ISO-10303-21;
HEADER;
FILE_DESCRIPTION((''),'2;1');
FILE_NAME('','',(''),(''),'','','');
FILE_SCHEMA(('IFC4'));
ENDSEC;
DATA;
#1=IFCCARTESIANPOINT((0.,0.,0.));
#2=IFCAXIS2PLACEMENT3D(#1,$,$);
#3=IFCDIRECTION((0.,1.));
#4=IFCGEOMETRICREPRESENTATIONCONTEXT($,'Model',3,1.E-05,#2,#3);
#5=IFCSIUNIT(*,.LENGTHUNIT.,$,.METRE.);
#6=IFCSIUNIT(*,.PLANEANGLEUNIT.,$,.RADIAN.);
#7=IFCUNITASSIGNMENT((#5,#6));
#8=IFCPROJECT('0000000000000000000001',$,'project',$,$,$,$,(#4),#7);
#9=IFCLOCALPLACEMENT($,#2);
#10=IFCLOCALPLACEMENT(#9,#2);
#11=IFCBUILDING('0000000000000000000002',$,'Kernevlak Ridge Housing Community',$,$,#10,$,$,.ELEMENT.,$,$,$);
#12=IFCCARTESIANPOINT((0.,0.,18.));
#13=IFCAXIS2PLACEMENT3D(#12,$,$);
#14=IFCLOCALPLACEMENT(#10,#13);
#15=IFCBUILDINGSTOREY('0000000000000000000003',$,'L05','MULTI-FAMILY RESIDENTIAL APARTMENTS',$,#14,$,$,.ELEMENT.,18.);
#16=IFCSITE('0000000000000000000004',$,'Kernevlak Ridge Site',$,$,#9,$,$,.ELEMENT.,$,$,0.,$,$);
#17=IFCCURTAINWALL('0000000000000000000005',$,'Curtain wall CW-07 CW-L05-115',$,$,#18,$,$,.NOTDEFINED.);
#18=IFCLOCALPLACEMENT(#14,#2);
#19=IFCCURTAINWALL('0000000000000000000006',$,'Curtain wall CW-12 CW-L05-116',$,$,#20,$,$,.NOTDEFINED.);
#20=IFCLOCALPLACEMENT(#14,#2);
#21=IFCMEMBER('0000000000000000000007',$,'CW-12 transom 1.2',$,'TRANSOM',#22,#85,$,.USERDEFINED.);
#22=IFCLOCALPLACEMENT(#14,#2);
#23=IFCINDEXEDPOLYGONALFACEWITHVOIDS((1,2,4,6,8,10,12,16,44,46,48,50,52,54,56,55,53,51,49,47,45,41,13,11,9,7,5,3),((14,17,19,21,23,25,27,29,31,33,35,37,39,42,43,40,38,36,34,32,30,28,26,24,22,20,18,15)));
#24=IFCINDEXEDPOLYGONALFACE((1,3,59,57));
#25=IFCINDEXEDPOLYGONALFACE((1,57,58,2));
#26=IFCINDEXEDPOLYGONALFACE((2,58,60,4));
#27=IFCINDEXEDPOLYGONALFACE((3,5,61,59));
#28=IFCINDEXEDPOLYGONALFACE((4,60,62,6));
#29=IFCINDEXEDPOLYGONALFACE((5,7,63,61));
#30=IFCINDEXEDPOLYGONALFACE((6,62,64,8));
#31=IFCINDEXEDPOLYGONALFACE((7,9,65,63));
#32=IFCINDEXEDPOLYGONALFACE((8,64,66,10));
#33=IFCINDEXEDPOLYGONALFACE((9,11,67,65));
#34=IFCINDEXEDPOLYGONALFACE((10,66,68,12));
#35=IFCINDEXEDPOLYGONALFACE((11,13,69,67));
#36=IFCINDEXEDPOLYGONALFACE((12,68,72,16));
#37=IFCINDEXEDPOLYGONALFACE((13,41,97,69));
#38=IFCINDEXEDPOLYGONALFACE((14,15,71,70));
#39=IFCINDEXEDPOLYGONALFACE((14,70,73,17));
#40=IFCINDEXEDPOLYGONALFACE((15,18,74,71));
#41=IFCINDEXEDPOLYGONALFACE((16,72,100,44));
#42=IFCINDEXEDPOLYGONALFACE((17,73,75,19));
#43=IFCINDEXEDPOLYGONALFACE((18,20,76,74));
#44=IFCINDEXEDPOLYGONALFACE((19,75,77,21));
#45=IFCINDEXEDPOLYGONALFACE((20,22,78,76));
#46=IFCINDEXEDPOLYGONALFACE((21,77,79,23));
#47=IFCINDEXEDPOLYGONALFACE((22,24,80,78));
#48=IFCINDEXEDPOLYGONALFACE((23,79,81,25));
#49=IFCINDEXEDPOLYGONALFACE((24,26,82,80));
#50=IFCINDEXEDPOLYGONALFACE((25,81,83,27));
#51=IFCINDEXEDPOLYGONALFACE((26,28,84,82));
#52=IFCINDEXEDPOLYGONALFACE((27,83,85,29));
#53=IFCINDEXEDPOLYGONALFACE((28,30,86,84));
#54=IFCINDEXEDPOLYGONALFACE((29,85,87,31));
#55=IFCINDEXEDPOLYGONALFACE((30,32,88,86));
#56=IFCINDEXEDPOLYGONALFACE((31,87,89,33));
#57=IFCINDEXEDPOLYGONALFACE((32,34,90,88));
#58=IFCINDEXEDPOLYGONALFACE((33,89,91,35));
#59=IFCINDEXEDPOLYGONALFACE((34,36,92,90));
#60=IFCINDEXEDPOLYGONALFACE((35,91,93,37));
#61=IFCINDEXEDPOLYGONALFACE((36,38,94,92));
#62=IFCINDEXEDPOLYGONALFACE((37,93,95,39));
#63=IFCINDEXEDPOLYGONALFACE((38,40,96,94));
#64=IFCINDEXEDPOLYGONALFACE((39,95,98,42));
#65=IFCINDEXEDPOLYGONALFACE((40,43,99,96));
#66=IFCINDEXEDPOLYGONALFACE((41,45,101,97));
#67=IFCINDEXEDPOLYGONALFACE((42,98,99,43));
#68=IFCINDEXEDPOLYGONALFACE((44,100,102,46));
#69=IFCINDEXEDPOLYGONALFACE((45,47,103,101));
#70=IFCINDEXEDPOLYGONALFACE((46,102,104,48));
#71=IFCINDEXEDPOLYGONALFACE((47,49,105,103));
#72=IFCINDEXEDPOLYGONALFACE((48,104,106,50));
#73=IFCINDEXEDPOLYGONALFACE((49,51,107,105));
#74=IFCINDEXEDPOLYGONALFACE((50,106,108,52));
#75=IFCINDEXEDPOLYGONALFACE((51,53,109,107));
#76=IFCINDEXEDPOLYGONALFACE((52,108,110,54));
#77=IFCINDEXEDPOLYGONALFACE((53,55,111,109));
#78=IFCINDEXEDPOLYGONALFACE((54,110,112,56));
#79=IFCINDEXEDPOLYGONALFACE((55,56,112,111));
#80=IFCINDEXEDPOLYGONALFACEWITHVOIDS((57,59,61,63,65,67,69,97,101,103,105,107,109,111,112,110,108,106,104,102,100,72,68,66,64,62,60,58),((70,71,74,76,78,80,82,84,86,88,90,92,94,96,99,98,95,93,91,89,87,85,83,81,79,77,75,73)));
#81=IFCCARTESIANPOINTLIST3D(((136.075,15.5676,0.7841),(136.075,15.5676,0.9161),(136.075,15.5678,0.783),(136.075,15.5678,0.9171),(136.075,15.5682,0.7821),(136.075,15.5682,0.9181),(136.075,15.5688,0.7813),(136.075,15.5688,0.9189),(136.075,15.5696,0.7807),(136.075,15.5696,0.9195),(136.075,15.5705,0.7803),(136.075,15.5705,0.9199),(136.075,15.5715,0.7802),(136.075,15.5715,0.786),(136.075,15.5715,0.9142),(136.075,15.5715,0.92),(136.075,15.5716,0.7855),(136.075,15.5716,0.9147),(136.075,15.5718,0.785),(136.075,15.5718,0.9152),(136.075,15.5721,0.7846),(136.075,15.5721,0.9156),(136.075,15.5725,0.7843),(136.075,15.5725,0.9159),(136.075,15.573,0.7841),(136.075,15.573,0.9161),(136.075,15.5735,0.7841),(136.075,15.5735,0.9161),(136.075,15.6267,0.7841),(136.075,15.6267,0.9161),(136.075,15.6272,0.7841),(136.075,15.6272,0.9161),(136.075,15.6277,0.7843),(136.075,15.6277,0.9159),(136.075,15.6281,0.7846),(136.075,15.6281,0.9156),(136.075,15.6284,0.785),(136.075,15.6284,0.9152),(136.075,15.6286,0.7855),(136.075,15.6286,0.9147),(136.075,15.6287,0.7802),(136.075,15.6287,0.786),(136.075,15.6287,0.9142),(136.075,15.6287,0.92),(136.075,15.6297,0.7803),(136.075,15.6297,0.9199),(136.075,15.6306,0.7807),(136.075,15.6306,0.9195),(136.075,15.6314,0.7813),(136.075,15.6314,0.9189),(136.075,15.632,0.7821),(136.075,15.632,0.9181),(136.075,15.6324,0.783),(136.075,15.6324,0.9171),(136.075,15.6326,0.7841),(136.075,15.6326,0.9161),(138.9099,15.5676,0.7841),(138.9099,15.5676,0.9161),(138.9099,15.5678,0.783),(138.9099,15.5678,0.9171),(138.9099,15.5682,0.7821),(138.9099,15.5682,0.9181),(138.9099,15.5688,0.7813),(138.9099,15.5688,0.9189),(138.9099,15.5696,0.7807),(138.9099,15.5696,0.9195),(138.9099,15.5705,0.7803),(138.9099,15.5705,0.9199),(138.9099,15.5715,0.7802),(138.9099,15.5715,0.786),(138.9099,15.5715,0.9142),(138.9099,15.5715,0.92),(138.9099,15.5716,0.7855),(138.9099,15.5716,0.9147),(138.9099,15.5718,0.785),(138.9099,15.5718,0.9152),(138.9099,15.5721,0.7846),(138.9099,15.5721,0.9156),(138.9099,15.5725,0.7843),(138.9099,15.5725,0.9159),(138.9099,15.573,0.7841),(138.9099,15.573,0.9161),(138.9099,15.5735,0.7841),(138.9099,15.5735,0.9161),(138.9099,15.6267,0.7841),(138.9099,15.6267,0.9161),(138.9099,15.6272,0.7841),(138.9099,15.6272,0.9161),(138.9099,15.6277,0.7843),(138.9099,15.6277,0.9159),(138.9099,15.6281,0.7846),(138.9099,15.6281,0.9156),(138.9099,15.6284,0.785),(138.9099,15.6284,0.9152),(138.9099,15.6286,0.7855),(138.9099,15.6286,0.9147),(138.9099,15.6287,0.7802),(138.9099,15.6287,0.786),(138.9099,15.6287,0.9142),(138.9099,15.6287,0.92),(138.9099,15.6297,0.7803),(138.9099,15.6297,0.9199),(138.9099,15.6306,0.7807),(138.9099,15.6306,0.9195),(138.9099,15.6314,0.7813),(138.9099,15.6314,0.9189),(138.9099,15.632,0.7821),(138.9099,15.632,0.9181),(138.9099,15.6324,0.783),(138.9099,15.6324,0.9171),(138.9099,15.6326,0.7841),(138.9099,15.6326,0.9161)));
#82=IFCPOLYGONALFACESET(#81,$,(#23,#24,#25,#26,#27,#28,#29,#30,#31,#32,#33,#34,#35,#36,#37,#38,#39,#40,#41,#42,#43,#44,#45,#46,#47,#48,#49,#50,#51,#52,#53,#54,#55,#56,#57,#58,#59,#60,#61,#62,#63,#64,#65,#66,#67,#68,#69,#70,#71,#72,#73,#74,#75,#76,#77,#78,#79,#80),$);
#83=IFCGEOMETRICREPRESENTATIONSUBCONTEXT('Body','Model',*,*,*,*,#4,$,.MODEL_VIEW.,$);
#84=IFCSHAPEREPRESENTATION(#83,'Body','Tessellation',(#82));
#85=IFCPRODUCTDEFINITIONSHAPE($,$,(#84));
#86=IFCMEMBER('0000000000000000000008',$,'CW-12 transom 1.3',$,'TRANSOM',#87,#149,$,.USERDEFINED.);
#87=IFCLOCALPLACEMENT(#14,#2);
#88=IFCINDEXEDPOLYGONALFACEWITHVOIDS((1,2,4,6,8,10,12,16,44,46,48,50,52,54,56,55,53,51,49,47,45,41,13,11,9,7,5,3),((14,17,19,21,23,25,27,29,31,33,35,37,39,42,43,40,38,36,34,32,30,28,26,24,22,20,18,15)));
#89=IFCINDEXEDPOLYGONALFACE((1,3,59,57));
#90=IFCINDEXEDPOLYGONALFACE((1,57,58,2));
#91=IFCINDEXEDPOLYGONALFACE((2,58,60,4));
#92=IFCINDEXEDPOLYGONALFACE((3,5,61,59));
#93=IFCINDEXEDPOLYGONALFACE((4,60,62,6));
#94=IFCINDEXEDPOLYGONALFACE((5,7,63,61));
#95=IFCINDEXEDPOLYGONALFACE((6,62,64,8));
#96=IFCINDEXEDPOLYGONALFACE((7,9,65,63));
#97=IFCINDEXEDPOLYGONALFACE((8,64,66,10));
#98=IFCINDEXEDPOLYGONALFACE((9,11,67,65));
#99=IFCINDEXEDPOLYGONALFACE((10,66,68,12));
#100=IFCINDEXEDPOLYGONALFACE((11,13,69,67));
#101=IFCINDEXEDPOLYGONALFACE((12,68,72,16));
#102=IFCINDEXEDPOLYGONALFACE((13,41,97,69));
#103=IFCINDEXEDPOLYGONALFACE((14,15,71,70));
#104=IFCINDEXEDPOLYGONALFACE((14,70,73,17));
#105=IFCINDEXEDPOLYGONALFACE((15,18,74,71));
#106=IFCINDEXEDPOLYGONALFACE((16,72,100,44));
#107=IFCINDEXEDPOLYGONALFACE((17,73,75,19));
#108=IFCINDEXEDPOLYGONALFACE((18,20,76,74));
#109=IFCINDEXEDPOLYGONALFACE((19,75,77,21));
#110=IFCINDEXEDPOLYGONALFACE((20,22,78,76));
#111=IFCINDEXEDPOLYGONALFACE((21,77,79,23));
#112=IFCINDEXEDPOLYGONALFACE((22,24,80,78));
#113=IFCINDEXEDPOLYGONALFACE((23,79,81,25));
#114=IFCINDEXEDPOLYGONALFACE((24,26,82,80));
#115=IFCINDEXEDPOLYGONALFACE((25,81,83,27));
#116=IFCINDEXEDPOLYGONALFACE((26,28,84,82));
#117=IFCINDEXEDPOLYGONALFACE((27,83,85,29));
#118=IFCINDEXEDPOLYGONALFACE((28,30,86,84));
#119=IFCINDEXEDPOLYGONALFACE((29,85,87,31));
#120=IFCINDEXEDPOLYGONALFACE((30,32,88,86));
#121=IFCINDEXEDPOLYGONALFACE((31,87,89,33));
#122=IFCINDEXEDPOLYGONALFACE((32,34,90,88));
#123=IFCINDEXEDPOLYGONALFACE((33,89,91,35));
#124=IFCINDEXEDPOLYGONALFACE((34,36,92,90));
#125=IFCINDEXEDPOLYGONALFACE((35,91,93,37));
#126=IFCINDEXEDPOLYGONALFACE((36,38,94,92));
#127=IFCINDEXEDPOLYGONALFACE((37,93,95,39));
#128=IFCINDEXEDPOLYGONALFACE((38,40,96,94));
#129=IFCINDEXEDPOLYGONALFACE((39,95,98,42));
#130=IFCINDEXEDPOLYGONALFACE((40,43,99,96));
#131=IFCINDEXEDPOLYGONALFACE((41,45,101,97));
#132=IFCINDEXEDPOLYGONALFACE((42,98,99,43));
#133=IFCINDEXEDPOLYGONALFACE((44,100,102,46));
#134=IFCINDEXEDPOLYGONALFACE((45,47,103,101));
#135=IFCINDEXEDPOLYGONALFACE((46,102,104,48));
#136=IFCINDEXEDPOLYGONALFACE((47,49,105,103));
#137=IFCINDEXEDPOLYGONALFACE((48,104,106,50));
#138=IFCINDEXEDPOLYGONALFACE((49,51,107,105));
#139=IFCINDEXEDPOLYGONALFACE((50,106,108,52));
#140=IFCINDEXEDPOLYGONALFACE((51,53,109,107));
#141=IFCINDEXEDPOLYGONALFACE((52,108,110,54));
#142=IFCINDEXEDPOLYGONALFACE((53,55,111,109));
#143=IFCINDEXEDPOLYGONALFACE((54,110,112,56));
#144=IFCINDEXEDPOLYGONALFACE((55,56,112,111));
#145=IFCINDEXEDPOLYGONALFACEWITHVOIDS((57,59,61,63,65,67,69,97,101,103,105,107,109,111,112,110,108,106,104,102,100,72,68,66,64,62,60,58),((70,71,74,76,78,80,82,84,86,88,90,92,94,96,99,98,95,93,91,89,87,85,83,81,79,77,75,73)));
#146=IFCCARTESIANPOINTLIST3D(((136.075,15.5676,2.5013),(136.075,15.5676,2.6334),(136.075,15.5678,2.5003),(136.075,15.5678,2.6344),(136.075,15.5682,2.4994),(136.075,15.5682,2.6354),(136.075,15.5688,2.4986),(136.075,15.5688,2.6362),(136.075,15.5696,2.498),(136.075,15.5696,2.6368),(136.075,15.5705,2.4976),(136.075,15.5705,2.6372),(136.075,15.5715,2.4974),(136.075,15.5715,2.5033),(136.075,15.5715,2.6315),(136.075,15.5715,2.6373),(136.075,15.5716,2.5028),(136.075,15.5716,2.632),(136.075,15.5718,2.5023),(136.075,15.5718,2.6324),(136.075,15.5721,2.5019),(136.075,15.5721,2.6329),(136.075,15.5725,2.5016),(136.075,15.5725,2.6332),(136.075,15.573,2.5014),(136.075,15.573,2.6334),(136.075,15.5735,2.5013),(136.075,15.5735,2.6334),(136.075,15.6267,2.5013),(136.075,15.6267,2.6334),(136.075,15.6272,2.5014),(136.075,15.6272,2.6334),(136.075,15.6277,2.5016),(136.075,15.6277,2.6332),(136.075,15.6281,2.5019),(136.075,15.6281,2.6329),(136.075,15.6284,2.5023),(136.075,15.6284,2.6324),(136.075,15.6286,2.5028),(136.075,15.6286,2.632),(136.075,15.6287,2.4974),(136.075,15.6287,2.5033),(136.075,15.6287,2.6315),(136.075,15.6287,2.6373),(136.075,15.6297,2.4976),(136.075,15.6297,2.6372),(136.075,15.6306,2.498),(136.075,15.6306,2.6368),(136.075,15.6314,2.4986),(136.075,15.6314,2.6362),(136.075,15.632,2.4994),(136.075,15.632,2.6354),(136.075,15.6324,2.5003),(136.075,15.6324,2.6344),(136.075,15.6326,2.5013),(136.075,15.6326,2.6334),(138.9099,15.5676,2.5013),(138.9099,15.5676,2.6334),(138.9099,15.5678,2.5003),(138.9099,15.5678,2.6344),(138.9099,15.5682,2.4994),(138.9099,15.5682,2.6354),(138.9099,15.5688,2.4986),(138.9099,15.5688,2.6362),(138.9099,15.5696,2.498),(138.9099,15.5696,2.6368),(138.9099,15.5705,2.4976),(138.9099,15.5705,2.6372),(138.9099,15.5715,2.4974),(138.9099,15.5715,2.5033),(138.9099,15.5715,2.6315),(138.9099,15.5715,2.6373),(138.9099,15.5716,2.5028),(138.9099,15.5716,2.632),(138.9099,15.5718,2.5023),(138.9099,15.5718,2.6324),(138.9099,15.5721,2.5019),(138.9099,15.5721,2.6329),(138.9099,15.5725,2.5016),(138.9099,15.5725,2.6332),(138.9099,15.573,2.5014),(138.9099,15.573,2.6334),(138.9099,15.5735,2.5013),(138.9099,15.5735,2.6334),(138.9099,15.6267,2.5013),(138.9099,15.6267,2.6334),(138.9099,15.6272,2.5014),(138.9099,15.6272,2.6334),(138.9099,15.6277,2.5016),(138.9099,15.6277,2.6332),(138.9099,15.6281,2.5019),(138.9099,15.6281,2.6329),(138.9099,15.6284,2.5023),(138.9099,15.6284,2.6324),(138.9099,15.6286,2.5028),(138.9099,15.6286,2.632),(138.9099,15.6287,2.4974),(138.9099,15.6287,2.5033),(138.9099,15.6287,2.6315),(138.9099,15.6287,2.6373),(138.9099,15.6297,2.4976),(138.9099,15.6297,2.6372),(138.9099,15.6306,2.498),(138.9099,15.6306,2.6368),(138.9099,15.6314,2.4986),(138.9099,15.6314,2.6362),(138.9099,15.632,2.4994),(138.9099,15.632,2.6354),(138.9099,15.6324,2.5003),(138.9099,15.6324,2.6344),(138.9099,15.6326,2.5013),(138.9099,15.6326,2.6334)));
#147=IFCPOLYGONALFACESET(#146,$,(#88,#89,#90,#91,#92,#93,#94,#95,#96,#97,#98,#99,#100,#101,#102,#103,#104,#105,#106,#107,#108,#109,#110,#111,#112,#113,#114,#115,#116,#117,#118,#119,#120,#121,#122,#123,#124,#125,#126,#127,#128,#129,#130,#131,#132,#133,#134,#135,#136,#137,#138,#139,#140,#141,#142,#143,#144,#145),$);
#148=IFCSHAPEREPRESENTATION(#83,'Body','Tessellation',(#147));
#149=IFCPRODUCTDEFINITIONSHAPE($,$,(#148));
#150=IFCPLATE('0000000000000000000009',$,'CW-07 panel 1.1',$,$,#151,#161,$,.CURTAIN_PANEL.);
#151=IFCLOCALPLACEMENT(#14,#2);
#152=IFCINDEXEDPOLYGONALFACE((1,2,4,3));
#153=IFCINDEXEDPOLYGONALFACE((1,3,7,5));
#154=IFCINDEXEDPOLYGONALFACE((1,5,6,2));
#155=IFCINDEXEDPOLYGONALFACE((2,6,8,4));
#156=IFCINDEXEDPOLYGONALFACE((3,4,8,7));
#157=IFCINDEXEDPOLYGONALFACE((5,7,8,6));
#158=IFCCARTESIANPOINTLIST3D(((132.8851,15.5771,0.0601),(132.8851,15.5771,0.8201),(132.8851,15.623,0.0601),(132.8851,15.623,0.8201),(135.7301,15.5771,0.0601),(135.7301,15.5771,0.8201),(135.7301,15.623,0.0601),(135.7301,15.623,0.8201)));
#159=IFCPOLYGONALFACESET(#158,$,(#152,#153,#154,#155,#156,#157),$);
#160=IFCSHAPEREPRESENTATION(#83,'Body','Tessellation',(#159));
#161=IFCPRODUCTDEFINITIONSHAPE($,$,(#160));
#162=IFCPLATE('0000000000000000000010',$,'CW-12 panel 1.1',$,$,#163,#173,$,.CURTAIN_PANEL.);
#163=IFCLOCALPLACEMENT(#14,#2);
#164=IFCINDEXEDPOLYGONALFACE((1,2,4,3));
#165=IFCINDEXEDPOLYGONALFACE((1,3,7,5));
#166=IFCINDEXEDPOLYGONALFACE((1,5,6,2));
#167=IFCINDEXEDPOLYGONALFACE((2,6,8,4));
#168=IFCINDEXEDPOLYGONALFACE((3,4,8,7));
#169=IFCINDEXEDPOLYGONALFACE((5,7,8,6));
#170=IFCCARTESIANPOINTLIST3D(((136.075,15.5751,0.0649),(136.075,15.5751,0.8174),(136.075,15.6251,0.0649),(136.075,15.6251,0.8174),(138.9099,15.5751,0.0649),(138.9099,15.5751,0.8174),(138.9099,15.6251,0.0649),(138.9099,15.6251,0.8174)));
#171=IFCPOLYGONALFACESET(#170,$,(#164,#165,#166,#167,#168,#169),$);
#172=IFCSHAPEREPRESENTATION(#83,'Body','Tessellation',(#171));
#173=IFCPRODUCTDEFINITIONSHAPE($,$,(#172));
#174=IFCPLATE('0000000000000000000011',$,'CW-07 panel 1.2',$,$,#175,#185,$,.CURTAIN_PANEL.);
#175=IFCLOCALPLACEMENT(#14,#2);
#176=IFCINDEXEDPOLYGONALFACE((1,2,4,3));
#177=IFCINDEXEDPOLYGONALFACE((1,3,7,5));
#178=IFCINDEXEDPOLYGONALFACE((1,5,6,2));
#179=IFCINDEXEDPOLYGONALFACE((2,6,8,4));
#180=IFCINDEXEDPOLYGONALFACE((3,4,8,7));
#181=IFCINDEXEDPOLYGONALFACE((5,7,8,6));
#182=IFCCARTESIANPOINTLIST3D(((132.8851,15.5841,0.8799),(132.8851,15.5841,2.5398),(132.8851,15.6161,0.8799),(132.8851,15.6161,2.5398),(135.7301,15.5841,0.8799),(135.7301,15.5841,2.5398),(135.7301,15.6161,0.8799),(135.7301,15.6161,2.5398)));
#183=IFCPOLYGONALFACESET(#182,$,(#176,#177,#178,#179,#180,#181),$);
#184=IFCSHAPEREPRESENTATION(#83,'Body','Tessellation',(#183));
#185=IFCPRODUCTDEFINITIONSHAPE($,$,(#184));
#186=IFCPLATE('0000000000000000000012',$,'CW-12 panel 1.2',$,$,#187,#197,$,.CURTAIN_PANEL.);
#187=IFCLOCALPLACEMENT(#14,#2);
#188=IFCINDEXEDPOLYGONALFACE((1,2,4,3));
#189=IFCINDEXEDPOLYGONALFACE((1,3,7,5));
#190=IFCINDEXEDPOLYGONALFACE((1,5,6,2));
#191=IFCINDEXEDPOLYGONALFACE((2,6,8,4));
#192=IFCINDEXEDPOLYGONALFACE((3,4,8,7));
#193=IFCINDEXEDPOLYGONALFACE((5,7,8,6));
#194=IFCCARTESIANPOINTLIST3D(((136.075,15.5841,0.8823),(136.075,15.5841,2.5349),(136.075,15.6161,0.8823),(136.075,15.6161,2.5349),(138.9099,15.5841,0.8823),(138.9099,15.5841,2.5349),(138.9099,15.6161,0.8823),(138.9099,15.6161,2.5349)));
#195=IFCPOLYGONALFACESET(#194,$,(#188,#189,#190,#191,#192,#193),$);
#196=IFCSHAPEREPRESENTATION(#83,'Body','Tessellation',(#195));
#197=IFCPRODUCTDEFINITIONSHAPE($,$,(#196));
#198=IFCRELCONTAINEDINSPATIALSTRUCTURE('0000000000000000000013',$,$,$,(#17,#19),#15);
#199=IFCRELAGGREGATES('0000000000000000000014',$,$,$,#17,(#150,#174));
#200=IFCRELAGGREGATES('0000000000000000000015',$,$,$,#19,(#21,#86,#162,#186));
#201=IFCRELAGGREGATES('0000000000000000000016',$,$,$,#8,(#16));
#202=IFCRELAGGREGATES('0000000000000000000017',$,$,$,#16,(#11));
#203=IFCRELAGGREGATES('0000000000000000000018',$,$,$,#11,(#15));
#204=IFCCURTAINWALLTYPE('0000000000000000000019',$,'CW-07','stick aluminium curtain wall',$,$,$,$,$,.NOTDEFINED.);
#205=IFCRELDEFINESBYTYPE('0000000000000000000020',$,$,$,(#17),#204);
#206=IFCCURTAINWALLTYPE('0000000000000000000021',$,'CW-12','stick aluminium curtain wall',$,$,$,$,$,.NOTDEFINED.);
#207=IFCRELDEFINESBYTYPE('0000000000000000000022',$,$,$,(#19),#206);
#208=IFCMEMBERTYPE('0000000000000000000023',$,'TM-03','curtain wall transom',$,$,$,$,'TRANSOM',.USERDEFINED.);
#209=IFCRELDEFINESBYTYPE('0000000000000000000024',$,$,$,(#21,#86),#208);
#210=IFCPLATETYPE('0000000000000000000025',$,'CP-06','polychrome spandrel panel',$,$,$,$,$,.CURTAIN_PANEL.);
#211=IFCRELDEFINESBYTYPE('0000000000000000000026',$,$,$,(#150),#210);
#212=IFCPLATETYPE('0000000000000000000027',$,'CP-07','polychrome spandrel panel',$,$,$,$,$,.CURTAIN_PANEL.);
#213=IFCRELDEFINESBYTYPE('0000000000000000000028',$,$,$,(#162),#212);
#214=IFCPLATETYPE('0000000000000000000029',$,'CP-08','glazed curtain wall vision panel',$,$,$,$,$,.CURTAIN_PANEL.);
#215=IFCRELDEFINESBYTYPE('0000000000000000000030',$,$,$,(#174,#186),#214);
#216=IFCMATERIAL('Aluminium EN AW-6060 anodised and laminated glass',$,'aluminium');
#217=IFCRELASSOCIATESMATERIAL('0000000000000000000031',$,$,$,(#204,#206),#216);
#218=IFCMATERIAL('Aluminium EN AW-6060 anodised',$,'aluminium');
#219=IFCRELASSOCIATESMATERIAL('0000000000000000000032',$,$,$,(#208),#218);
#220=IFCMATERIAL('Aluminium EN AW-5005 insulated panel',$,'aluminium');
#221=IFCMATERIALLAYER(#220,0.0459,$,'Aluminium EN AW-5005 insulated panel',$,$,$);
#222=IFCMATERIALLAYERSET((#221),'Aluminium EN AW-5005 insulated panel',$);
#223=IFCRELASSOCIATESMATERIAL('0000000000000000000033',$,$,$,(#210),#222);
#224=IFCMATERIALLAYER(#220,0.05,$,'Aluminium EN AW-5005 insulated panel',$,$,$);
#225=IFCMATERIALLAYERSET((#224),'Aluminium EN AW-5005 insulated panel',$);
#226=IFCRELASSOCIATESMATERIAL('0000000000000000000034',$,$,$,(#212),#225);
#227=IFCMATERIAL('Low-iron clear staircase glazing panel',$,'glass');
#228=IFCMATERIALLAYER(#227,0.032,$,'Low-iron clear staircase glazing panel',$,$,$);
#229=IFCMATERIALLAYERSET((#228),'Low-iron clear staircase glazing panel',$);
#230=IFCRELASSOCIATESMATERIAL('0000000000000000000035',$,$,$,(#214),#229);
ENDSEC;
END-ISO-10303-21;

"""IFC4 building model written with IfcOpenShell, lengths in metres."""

from ifc_helpers import new_model, si_unit, direction, frame, origin, origin_2d, place, context, subcontext, project, spatial, rectangle, hollow_rectangle, extrude, material, layer, layer_set, material_profile, profile_set, type_object, element, aggregate, save


model = new_model("IFC4")

# Units and contexts
model_context = context("Model", 3, precision=1e-05, world=origin(), true_north=direction((0.0, 1.0)))
body_context = subcontext(model_context, "Body", "Model", "MODEL_VIEW")
ifc_project = project(units=[si_unit("LENGTHUNIT", "METRE"), si_unit("PLANEANGLEUNIT", "RADIAN")], contexts=[model_context])

# Site, building, storey
site_placement = place(None, origin())
site = spatial("IfcSite", under=ifc_project, at=site_placement, Name="Kernevlak Ridge Site", CompositionType="ELEMENT", RefElevation=0.0)
building_placement = place(site_placement, origin())
building = spatial("IfcBuilding", under=site, at=building_placement, Name="Kernevlak Ridge Housing Community", CompositionType="ELEMENT")
storey_placement = place(building_placement, frame((0.0, 0.0, 18.0)))
storey = spatial("IfcBuildingStorey", under=building, at=storey_placement, Name="L05", Description="MULTI-FAMILY RESIDENTIAL APARTMENTS", CompositionType="ELEMENT", Elevation=18.0)

# Curtain wall
ifc_material_1 = material(Name="Aluminium EN AW-6060 anodised and laminated glass", Category="aluminium")
curtain_wall_type_1 = type_object("IfcCurtainWallType", Name="CW-07", Description="stick aluminium curtain wall", PredefinedType="NOTDEFINED", material=ifc_material_1)
curtain_wall_1_placement = place(storey_placement, origin())
curtain_wall_1 = element("IfcCurtainWall", 1, at=curtain_wall_1_placement, inside=storey, type_object=curtain_wall_type_1, Name="Curtain wall CW-07 CW-L05-115", PredefinedType="NOTDEFINED")
ifc_material_2 = material(Name="Aluminium EN AW-6060 anodised", Category="aluminium")

# Curtain wall, members
curtain_wall_type_2 = type_object("IfcCurtainWallType", Name="CW-12", Description="stick aluminium curtain wall", PredefinedType="NOTDEFINED", material=ifc_material_1)
curtain_wall_2_placement = place(storey_placement, origin())
curtain_wall_2 = element("IfcCurtainWall", 2, at=curtain_wall_2_placement, inside=storey, type_object=curtain_wall_type_2, Name="Curtain wall CW-12 CW-L05-116", PredefinedType="NOTDEFINED")
ifc_material_profile_1 = material_profile(ifc_material_2, hollow_rectangle(XDim=0.0649, YDim=0.1399, WallThickness=0.0039, InnerFilletRadius=0.002, OuterFilletRadius=0.0039, at=origin_2d()), Name="ALU 65x140x4")
ifc_profile_set_1 = profile_set([ifc_material_profile_1], Name="Aluminium EN AW-6060 anodised")
member_type_1 = type_object("IfcMemberType", Name="TM-03", Description="curtain wall transom", ElementType="TRANSOM", PredefinedType="USERDEFINED", material=ifc_profile_set_1)
member_1_placement = place(storey_placement, frame((136.075, 15.6001, 0.8501), z_axis=(1.0, 0.0, 0.0), x_axis=(0.0, 1.0, 0.0)))
member_1 = element("IfcMember", 3, at=member_1_placement, type_object=member_type_1, Name="CW-12 transom 1.2", ObjectType="TRANSOM", PredefinedType="USERDEFINED", context=body_context, shape_type="SweptSolid", body=[
    extrude(hollow_rectangle(XDim=0.0649, YDim=0.1399, WallThickness=0.0039, InnerFilletRadius=0.002, OuterFilletRadius=0.0039, at=origin_2d()), origin(), (0.0, 0.0, 1.0), 2.835),
])
member_2_placement = place(storey_placement, frame((136.075, 15.6001, 2.5674), z_axis=(1.0, 0.0, 0.0), x_axis=(0.0, 1.0, 0.0)))
member_2 = element("IfcMember", 4, at=member_2_placement, type_object=member_type_1, Name="CW-12 transom 1.3", ObjectType="TRANSOM", PredefinedType="USERDEFINED", context=body_context, shape_type="SweptSolid", body=[
    extrude(hollow_rectangle(XDim=0.0649, YDim=0.1399, WallThickness=0.0039, InnerFilletRadius=0.002, OuterFilletRadius=0.0039, at=origin_2d()), origin(), (0.0, 0.0, 1.0), 2.835),
])

# Plates
ifc_material_3 = material(Name="Aluminium EN AW-5005 insulated panel", Category="aluminium")
ifc_layer_1 = layer(ifc_material_3, 0.0459, Name="Aluminium EN AW-5005 insulated panel")
ifc_layer_set_1 = layer_set([ifc_layer_1], Name="Aluminium EN AW-5005 insulated panel")
plate_type_1 = type_object("IfcPlateType", Name="CP-06", Description="polychrome spandrel panel", PredefinedType="CURTAIN_PANEL", material=ifc_layer_set_1)
plate_1_placement = place(storey_placement, frame((134.3076, 15.6001, 0.0601), z_axis=(0.0, 0.0, 1.0), x_axis=(1.0, 0.0, 0.0)))
plate_1 = element("IfcPlate", 5, at=plate_1_placement, type_object=plate_type_1, Name="CW-07 panel 1.1", PredefinedType="CURTAIN_PANEL", context=body_context, shape_type="SweptSolid", body=[
    extrude(rectangle(XDim=2.845, YDim=0.0459, at=origin_2d()), origin(), (0.0, 0.0, 1.0), 0.76),
])
ifc_layer_2 = layer(ifc_material_3, 0.05, Name="Aluminium EN AW-5005 insulated panel")
ifc_layer_set_2 = layer_set([ifc_layer_2], Name="Aluminium EN AW-5005 insulated panel")
plate_type_2 = type_object("IfcPlateType", Name="CP-07", Description="polychrome spandrel panel", PredefinedType="CURTAIN_PANEL", material=ifc_layer_set_2)
plate_2_placement = place(storey_placement, frame((137.4924, 15.6001, 0.0649), z_axis=(0.0, 0.0, 1.0), x_axis=(1.0, 0.0, 0.0)))
plate_2 = element("IfcPlate", 6, at=plate_2_placement, type_object=plate_type_2, Name="CW-12 panel 1.1", PredefinedType="CURTAIN_PANEL", context=body_context, shape_type="SweptSolid", body=[
    extrude(rectangle(XDim=2.835, YDim=0.05, at=origin_2d()), origin(), (0.0, 0.0, 1.0), 0.7524),
])
ifc_material_4 = material(Name="Low-iron clear staircase glazing panel", Category="glass")
ifc_layer_3 = layer(ifc_material_4, 0.032, Name="Low-iron clear staircase glazing panel")
ifc_layer_set_3 = layer_set([ifc_layer_3], Name="Low-iron clear staircase glazing panel")
plate_type_3 = type_object("IfcPlateType", Name="CP-08", Description="glazed curtain wall vision panel", PredefinedType="CURTAIN_PANEL", material=ifc_layer_set_3)
plate_3_placement = place(storey_placement, frame((134.3076, 15.6001, 0.8799), z_axis=(0.0, 0.0, 1.0), x_axis=(1.0, 0.0, 0.0)))
plate_3 = element("IfcPlate", 7, at=plate_3_placement, type_object=plate_type_3, Name="CW-07 panel 1.2", PredefinedType="CURTAIN_PANEL", context=body_context, shape_type="SweptSolid", body=[
    extrude(rectangle(XDim=2.845, YDim=0.032, at=origin_2d()), origin(), (0.0, 0.0, 1.0), 1.6599),
])
aggregate(curtain_wall_1, [plate_1, plate_3])
plate_4_placement = place(storey_placement, frame((137.4924, 15.6001, 0.8823), z_axis=(0.0, 0.0, 1.0), x_axis=(1.0, 0.0, 0.0)))
plate_4 = element("IfcPlate", 8, at=plate_4_placement, type_object=plate_type_3, Name="CW-12 panel 1.2", PredefinedType="CURTAIN_PANEL", context=body_context, shape_type="SweptSolid", body=[
    extrude(rectangle(XDim=2.835, YDim=0.032, at=origin_2d()), origin(), (0.0, 0.0, 1.0), 1.6526),
])
aggregate(curtain_wall_2, [member_1, member_2, plate_2, plate_4])

save(model, "model.ifc")
